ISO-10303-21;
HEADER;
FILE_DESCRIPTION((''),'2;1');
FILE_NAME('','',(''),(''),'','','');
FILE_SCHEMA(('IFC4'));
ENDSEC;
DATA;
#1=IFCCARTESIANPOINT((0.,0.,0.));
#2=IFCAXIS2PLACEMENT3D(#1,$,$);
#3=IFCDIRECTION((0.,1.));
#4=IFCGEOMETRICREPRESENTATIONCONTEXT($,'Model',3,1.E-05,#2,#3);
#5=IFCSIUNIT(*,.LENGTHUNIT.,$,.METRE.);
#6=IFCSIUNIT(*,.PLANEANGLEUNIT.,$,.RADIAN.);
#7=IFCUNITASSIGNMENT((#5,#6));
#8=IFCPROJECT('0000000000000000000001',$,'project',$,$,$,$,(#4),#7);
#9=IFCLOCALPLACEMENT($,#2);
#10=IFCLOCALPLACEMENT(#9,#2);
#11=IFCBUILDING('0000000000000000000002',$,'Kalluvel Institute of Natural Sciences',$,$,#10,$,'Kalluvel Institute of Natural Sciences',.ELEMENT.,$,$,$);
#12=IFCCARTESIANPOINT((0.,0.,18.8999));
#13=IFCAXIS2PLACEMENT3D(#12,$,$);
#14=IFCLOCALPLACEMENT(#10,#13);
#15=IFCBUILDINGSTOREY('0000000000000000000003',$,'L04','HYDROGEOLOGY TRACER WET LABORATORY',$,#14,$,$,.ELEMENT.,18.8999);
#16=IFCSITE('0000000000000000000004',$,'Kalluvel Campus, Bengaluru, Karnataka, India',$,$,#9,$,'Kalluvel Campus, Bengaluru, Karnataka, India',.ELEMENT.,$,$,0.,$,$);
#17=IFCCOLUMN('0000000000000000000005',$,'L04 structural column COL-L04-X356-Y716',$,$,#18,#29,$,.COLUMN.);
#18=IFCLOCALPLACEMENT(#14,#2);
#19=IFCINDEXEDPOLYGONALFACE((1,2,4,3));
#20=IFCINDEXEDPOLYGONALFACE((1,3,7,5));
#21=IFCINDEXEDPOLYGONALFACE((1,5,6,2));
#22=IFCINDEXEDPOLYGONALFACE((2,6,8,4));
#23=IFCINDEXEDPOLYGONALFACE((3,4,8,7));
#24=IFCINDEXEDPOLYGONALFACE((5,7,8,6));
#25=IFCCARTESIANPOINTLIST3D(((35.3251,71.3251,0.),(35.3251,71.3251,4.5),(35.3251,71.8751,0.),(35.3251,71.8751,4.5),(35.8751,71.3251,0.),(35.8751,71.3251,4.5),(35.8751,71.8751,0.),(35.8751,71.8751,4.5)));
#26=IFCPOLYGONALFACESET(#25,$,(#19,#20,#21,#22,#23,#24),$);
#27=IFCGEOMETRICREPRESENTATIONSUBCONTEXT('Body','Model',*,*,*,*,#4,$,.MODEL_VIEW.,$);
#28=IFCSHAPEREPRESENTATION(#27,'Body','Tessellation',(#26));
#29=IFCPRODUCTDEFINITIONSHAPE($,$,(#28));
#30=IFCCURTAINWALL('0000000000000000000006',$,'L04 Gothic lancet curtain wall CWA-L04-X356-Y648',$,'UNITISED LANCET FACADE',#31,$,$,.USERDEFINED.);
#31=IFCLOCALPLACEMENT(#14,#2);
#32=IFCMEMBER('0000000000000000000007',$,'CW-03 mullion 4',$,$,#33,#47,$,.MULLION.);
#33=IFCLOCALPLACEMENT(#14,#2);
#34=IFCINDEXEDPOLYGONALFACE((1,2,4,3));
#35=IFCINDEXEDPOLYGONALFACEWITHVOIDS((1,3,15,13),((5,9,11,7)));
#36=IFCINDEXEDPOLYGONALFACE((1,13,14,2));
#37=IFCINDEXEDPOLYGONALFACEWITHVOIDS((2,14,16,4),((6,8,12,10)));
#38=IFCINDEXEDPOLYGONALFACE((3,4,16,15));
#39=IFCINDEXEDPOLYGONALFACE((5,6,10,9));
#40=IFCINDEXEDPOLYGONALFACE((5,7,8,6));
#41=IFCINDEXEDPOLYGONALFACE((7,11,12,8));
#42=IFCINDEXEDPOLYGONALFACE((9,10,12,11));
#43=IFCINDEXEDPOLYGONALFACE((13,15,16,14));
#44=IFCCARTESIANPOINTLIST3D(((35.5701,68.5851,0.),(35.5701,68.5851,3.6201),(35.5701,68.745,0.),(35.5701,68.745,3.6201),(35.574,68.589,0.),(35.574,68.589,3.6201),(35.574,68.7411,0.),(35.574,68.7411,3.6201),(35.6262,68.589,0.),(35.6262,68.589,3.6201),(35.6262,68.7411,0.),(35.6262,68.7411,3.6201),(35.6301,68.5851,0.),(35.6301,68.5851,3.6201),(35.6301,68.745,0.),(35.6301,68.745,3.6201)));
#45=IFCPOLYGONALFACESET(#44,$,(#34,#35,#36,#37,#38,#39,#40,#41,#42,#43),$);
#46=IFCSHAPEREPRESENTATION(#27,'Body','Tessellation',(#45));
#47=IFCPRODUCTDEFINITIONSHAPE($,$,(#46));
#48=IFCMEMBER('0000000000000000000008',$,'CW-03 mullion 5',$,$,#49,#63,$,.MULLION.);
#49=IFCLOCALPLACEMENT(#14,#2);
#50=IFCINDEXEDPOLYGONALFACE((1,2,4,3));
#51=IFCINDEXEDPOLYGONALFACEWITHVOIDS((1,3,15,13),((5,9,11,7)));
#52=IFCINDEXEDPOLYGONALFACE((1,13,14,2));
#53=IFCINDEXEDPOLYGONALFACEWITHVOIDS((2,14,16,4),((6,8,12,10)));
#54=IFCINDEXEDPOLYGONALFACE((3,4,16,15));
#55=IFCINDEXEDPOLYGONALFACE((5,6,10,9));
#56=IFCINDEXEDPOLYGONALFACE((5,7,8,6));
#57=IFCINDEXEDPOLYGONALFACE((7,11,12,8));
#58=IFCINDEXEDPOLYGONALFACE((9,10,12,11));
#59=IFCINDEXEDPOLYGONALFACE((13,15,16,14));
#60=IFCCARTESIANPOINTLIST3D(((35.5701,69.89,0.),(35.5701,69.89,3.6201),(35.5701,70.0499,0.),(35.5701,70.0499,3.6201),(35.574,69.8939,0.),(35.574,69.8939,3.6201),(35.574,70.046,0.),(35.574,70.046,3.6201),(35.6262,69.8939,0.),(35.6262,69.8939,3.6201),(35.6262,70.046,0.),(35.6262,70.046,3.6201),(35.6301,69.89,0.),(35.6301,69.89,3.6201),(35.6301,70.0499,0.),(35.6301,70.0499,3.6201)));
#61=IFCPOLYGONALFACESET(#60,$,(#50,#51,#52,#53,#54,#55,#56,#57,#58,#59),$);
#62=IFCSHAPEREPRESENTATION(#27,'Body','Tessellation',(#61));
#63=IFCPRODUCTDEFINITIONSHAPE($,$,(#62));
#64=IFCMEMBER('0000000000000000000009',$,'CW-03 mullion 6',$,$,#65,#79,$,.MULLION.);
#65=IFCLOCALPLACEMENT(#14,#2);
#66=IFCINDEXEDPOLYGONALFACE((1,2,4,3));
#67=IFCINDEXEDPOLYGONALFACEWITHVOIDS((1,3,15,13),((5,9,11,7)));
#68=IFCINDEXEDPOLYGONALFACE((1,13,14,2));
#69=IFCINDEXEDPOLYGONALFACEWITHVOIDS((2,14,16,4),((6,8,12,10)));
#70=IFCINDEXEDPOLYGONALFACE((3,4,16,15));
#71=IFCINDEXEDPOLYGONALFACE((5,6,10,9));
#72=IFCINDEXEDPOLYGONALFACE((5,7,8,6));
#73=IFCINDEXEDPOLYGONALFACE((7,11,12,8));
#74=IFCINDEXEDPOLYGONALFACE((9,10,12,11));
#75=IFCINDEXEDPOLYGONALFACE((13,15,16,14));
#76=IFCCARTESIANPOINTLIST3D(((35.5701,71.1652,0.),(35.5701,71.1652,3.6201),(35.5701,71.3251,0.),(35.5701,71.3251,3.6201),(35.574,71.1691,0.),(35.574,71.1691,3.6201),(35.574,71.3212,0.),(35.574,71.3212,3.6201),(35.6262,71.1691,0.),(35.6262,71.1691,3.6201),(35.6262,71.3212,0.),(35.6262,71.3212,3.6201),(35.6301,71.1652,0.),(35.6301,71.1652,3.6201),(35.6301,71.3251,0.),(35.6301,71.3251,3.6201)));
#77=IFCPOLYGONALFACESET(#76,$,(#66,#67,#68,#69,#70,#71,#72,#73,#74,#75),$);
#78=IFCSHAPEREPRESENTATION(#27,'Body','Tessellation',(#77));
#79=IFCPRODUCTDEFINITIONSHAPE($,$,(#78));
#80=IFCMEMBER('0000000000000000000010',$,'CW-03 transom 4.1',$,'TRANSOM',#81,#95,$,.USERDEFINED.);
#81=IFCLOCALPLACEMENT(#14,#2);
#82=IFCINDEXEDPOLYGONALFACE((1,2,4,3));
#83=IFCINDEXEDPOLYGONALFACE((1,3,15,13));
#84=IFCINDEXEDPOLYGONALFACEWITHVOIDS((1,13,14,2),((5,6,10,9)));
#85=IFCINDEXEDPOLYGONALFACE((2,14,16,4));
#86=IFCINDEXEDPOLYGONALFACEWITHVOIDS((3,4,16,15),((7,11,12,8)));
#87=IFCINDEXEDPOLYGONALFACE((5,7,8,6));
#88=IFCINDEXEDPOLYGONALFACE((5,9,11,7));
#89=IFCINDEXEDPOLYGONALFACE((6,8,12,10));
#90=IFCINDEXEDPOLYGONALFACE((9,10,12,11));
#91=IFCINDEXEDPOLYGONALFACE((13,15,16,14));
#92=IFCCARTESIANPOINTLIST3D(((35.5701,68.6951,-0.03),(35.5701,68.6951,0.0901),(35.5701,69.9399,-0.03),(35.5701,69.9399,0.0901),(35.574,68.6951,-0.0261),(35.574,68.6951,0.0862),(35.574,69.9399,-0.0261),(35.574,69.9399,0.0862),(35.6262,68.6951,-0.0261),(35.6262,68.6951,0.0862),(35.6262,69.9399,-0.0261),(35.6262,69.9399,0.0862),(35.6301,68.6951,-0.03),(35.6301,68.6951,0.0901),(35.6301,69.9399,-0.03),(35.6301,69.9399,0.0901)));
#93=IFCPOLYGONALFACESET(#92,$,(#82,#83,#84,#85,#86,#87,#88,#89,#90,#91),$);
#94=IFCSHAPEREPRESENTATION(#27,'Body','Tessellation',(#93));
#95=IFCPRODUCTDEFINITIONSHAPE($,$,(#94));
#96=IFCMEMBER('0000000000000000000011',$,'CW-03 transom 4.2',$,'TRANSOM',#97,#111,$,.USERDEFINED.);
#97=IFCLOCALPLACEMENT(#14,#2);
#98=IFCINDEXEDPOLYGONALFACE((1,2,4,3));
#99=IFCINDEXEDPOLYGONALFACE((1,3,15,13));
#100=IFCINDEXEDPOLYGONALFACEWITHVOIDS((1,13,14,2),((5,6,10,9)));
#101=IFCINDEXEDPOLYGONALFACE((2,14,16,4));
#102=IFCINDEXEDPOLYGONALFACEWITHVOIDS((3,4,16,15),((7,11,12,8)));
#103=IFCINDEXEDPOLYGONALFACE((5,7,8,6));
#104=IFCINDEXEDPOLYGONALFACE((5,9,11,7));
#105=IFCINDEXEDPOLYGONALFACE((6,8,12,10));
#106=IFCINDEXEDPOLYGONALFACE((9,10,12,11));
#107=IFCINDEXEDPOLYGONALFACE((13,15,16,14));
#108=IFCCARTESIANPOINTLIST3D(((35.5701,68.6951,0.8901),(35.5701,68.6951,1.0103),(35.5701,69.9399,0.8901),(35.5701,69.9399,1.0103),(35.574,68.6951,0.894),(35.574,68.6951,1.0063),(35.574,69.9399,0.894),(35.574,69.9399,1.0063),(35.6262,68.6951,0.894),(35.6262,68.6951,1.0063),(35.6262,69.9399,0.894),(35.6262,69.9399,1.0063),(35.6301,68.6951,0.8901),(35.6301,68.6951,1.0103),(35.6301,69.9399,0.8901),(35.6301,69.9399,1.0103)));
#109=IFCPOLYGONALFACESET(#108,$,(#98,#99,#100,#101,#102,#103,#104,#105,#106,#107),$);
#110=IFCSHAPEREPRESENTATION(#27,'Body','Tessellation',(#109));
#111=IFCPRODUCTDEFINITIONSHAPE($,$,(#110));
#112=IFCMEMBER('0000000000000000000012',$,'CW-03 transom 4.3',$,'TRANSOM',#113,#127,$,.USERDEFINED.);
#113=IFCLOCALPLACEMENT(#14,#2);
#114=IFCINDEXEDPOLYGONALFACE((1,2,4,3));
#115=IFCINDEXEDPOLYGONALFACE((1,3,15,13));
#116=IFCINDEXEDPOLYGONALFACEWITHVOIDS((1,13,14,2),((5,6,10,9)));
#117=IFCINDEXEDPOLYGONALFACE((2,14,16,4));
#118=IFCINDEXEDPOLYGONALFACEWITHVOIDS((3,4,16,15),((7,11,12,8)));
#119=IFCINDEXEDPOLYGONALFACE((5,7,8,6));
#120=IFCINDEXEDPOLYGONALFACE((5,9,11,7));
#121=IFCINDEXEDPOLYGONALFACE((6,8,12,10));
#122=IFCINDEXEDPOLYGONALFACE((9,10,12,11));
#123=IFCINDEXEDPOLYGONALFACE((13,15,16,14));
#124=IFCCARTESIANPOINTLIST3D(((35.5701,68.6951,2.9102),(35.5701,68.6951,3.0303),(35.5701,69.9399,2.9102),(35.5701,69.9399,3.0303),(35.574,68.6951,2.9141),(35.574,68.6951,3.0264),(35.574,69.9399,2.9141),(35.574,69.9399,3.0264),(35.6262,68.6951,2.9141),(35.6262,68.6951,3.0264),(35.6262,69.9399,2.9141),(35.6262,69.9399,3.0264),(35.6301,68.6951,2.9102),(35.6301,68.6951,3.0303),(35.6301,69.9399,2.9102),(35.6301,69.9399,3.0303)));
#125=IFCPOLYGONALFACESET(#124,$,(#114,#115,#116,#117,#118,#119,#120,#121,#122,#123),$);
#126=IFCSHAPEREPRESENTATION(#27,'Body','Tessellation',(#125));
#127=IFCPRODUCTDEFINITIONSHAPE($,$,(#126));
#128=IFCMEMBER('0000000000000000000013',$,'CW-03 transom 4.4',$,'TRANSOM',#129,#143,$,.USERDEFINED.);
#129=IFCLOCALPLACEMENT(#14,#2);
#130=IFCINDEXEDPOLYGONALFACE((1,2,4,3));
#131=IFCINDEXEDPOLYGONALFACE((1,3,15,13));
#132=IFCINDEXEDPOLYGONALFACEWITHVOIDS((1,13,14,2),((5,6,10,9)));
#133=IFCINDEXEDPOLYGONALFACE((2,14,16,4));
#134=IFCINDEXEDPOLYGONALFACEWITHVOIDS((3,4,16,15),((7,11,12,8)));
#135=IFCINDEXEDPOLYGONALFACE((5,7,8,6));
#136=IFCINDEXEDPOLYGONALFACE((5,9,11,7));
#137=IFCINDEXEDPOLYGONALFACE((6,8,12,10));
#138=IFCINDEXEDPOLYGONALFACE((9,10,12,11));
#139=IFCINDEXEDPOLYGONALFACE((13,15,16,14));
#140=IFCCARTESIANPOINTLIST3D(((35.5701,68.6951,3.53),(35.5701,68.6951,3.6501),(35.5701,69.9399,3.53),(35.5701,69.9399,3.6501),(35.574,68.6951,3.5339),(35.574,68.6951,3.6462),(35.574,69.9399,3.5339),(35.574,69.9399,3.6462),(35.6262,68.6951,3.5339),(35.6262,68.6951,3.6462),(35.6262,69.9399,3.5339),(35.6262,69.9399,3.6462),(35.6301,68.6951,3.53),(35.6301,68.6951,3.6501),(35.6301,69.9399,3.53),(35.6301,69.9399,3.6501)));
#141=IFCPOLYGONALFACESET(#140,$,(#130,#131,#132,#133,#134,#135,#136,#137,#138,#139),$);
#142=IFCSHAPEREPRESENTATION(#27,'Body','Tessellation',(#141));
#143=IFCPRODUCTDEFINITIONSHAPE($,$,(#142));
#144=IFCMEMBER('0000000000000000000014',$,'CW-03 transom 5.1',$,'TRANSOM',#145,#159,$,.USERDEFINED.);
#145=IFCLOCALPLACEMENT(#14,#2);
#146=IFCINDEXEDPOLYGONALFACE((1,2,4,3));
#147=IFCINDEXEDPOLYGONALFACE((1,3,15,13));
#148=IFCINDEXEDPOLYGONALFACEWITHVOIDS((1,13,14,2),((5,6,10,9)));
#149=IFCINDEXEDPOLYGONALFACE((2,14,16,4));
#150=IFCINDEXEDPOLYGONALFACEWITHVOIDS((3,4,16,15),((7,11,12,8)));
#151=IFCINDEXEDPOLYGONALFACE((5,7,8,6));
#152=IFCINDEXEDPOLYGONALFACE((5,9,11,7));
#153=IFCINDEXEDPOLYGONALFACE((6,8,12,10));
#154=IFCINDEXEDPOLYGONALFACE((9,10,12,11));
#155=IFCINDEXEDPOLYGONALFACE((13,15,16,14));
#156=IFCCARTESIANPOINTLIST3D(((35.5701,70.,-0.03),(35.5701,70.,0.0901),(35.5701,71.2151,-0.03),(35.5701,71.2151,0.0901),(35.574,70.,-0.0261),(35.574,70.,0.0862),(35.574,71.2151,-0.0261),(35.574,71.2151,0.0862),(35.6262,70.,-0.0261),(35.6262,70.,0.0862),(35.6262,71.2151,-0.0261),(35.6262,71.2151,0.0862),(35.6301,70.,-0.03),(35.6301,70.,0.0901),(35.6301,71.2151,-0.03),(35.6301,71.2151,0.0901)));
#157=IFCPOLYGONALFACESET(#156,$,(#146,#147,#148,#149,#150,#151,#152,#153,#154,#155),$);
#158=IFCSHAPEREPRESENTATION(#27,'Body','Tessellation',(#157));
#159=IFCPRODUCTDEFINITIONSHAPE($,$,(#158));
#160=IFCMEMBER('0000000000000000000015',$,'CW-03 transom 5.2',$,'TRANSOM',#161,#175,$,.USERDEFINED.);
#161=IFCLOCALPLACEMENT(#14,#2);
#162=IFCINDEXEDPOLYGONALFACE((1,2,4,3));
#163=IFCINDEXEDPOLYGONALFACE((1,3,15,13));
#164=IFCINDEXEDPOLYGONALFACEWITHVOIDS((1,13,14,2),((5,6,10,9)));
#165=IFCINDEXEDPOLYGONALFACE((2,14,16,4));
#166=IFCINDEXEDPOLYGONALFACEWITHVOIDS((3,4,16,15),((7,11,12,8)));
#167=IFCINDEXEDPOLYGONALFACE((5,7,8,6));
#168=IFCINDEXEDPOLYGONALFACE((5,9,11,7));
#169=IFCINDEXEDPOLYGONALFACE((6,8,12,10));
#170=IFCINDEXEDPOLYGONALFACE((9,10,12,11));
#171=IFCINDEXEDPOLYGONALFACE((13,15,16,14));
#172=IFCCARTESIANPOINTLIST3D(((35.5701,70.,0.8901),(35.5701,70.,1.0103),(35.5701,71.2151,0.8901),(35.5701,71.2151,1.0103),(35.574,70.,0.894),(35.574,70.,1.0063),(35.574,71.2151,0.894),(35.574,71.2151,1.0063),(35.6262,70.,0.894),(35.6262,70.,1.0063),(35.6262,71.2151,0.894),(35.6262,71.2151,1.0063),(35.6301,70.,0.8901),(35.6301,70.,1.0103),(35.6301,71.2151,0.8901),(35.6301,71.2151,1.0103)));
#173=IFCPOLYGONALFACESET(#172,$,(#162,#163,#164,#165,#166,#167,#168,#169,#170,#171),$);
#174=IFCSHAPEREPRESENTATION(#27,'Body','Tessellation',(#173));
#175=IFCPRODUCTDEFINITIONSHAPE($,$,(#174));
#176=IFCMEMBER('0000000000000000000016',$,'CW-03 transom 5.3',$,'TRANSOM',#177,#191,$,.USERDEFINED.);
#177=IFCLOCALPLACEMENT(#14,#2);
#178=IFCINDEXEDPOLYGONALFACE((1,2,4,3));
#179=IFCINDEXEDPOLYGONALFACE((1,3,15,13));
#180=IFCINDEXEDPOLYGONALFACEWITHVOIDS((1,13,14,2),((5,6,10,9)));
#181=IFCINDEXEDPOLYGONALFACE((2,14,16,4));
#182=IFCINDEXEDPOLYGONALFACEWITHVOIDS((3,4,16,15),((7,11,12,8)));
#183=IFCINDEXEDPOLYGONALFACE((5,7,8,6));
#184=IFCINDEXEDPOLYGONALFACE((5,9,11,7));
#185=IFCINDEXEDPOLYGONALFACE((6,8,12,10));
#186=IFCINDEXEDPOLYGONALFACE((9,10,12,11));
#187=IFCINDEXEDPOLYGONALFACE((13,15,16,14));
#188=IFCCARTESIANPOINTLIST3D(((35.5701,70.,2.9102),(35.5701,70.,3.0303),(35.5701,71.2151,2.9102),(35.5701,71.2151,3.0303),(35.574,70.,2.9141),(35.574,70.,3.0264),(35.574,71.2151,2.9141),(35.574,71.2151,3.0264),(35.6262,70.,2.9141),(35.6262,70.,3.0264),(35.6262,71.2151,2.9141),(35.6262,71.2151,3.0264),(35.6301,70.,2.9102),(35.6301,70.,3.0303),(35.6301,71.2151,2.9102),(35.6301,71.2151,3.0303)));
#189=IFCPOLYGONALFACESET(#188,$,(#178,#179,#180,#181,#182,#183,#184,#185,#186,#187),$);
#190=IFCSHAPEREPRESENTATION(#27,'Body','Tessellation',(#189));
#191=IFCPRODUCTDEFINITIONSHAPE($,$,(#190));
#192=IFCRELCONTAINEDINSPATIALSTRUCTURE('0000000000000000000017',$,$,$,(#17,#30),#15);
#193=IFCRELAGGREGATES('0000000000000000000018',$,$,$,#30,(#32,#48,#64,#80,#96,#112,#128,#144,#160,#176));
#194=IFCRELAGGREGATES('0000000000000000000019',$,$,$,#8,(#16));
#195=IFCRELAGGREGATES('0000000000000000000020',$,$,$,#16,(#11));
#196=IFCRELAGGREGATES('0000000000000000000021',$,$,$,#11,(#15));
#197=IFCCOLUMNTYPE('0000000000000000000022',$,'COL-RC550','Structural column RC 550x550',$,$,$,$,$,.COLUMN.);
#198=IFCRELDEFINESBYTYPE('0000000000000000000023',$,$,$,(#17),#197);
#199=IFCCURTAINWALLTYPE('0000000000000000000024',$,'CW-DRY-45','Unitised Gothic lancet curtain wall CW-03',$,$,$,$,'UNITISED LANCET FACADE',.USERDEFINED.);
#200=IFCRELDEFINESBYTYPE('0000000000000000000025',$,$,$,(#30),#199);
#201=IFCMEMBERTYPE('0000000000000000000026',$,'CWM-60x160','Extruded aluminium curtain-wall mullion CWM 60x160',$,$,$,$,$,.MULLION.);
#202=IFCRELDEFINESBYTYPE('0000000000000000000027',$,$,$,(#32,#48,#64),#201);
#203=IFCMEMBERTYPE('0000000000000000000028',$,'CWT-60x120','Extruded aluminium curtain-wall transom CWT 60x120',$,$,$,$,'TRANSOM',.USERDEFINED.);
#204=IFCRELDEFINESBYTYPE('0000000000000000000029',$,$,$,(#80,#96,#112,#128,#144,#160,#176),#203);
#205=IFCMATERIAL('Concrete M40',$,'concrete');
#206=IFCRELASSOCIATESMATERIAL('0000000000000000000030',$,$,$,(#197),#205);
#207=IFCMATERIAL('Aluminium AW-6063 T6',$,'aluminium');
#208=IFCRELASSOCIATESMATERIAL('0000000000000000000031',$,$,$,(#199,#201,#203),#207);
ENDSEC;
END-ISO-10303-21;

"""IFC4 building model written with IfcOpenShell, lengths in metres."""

from ifc_helpers import new_model, si_unit, direction, frame, origin, origin_2d, place, context, subcontext, project, spatial, rectangle, hollow_rectangle, extrude, material, material_profile, profile_set, type_object, element, aggregate, save


model = new_model("IFC4")

# Units and contexts
model_context = context("Model", 3, precision=1e-05, world=origin(), true_north=direction((0.0, 1.0)))
body_context = subcontext(model_context, "Body", "Model", "MODEL_VIEW")
ifc_project = project(units=[si_unit("LENGTHUNIT", "METRE"), si_unit("PLANEANGLEUNIT", "RADIAN")], contexts=[model_context])

# Site, building, storey
site_placement = place(None, origin())
site = spatial("IfcSite", under=ifc_project, at=site_placement, Name="Kalluvel Campus, Bengaluru, Karnataka, India", LongName="Kalluvel Campus, Bengaluru, Karnataka, India", CompositionType="ELEMENT", RefElevation=0.0)
building_placement = place(site_placement, origin())
building = spatial("IfcBuilding", under=site, at=building_placement, Name="Kalluvel Institute of Natural Sciences", LongName="Kalluvel Institute of Natural Sciences", CompositionType="ELEMENT")
storey_placement = place(building_placement, frame((0.0, 0.0, 18.8999)))
storey = spatial("IfcBuildingStorey", under=building, at=storey_placement, Name="L04", Description="HYDROGEOLOGY TRACER WET LABORATORY", CompositionType="ELEMENT", Elevation=18.8999)

# Column
ifc_material_1 = material(Name="Concrete M40", Category="concrete")
ifc_material_profile_1 = material_profile(ifc_material_1, rectangle(XDim=0.55, YDim=0.55, at=origin_2d()), Name="RC 550x550")
ifc_profile_set_1 = profile_set([ifc_material_profile_1], Name="Concrete M40")
column_type = type_object("IfcColumnType", Name="COL-RC550", Description="Structural column RC 550x550", PredefinedType="COLUMN", material=ifc_profile_set_1)
column_placement = place(storey_placement, frame((35.6001, 71.6001, 0.0), z_axis=(0.0, 0.0, 1.0), x_axis=(1.0, 0.0, 0.0)))
element("IfcColumn", 1, at=column_placement, inside=storey, type_object=column_type, Name="L04 structural column COL-L04-X356-Y716", PredefinedType="COLUMN", context=body_context, shape_type="SweptSolid", body=[
    extrude(rectangle(XDim=0.55, YDim=0.55, at=origin_2d()), origin(), (0.0, 0.0, 1.0), 4.5),
])

# Curtain wall, members
ifc_material_2 = material(Name="Aluminium AW-6063 T6", Category="aluminium")
curtain_wall_type = type_object("IfcCurtainWallType", Name="CW-DRY-45", Description="Unitised Gothic lancet curtain wall CW-03", ElementType="UNITISED LANCET FACADE", PredefinedType="USERDEFINED", material=ifc_material_2)
curtain_wall_placement = place(storey_placement, origin())
curtain_wall = element("IfcCurtainWall", 2, at=curtain_wall_placement, inside=storey, type_object=curtain_wall_type, Name="L04 Gothic lancet curtain wall CWA-L04-X356-Y648", ObjectType="UNITISED LANCET FACADE", PredefinedType="USERDEFINED")
ifc_material_profile_2 = material_profile(ifc_material_2, hollow_rectangle(XDim=0.0601, YDim=0.1599, WallThickness=0.0039, at=origin_2d()), Name="CWM 60x160")
ifc_profile_set_2 = profile_set([ifc_material_profile_2], Name="Aluminium AW-6063 T6")
member_type_1 = type_object("IfcMemberType", Name="CWM-60x160", Description="Extruded aluminium curtain-wall mullion CWM 60x160", PredefinedType="MULLION", material=ifc_profile_set_2)
member_1_placement = place(storey_placement, frame((35.6001, 68.665, 0.0), z_axis=(0.0, 0.0, 1.0), x_axis=(-1.0, 0.0, 0.0)))
member_1 = element("IfcMember", 3, at=member_1_placement, type_object=member_type_1, Name="CW-03 mullion 4", PredefinedType="MULLION", context=body_context, shape_type="SweptSolid", body=[
    extrude(hollow_rectangle(XDim=0.0601, YDim=0.1599, WallThickness=0.0039, at=origin_2d()), origin(), (0.0, 0.0, 1.0), 3.6201),
])
member_2_placement = place(storey_placement, frame((35.6001, 69.97, 0.0), z_axis=(0.0, 0.0, 1.0), x_axis=(-1.0, 0.0, 0.0)))
member_2 = element("IfcMember", 4, at=member_2_placement, type_object=member_type_1, Name="CW-03 mullion 5", PredefinedType="MULLION", context=body_context, shape_type="SweptSolid", body=[
    extrude(hollow_rectangle(XDim=0.0601, YDim=0.1599, WallThickness=0.0039, at=origin_2d()), origin(), (0.0, 0.0, 1.0), 3.6201),
])
member_3_placement = place(storey_placement, frame((35.6001, 71.2451, 0.0), z_axis=(0.0, 0.0, 1.0), x_axis=(-1.0, 0.0, 0.0)))
member_3 = element("IfcMember", 5, at=member_3_placement, type_object=member_type_1, Name="CW-03 mullion 6", PredefinedType="MULLION", context=body_context, shape_type="SweptSolid", body=[
    extrude(hollow_rectangle(XDim=0.0601, YDim=0.1599, WallThickness=0.0039, at=origin_2d()), origin(), (0.0, 0.0, 1.0), 3.6201),
])
ifc_material_profile_3 = material_profile(ifc_material_2, hollow_rectangle(XDim=0.0601, YDim=0.1201, WallThickness=0.0039, at=origin_2d()), Name="CWT 60x120")
ifc_profile_set_3 = profile_set([ifc_material_profile_3], Name="Aluminium AW-6063 T6")
member_type_2 = type_object("IfcMemberType", Name="CWT-60x120", Description="Extruded aluminium curtain-wall transom CWT 60x120", ElementType="TRANSOM", PredefinedType="USERDEFINED", material=ifc_profile_set_3)
member_4_placement = place(storey_placement, frame((35.6001, 68.6951, 0.03), z_axis=(0.0, 1.0, 0.0), x_axis=(-1.0, 0.0, 0.0)))
member_4 = element("IfcMember", 6, at=member_4_placement, type_object=member_type_2, Name="CW-03 transom 4.1", ObjectType="TRANSOM", PredefinedType="USERDEFINED", context=body_context, shape_type="SweptSolid", body=[
    extrude(hollow_rectangle(XDim=0.0601, YDim=0.1201, WallThickness=0.0039, at=origin_2d()), origin(), (0.0, 0.0, 1.0), 1.2449),
])
member_5_placement = place(storey_placement, frame((35.6001, 68.6951, 0.9502), z_axis=(0.0, 1.0, 0.0), x_axis=(-1.0, 0.0, 0.0)))
member_5 = element("IfcMember", 7, at=member_5_placement, type_object=member_type_2, Name="CW-03 transom 4.2", ObjectType="TRANSOM", PredefinedType="USERDEFINED", context=body_context, shape_type="SweptSolid", body=[
    extrude(hollow_rectangle(XDim=0.0601, YDim=0.1201, WallThickness=0.0039, at=origin_2d()), origin(), (0.0, 0.0, 1.0), 1.2449),
])
member_6_placement = place(storey_placement, frame((35.6001, 68.6951, 2.9702), z_axis=(0.0, 1.0, 0.0), x_axis=(-1.0, 0.0, 0.0)))
member_6 = element("IfcMember", 8, at=member_6_placement, type_object=member_type_2, Name="CW-03 transom 4.3", ObjectType="TRANSOM", PredefinedType="USERDEFINED", context=body_context, shape_type="SweptSolid", body=[
    extrude(hollow_rectangle(XDim=0.0601, YDim=0.1201, WallThickness=0.0039, at=origin_2d()), origin(), (0.0, 0.0, 1.0), 1.2449),
])
member_7_placement = place(storey_placement, frame((35.6001, 68.6951, 3.5901), z_axis=(0.0, 1.0, 0.0), x_axis=(-1.0, 0.0, 0.0)))
member_7 = element("IfcMember", 9, at=member_7_placement, type_object=member_type_2, Name="CW-03 transom 4.4", ObjectType="TRANSOM", PredefinedType="USERDEFINED", context=body_context, shape_type="SweptSolid", body=[
    extrude(hollow_rectangle(XDim=0.0601, YDim=0.1201, WallThickness=0.0039, at=origin_2d()), origin(), (0.0, 0.0, 1.0), 1.2449),
])
member_8_placement = place(storey_placement, frame((35.6001, 70.0, 0.03), z_axis=(0.0, 1.0, 0.0), x_axis=(-1.0, 0.0, 0.0)))
member_8 = element("IfcMember", 10, at=member_8_placement, type_object=member_type_2, Name="CW-03 transom 5.1", ObjectType="TRANSOM", PredefinedType="USERDEFINED", context=body_context, shape_type="SweptSolid", body=[
    extrude(hollow_rectangle(XDim=0.0601, YDim=0.1201, WallThickness=0.0039, at=origin_2d()), origin(), (0.0, 0.0, 1.0), 1.2151),
])
member_9_placement = place(storey_placement, frame((35.6001, 70.0, 0.9502), z_axis=(0.0, 1.0, 0.0), x_axis=(-1.0, 0.0, 0.0)))
member_9 = element("IfcMember", 11, at=member_9_placement, type_object=member_type_2, Name="CW-03 transom 5.2", ObjectType="TRANSOM", PredefinedType="USERDEFINED", context=body_context, shape_type="SweptSolid", body=[
    extrude(hollow_rectangle(XDim=0.0601, YDim=0.1201, WallThickness=0.0039, at=origin_2d()), origin(), (0.0, 0.0, 1.0), 1.2151),
])
member_10_placement = place(storey_placement, frame((35.6001, 70.0, 2.9702), z_axis=(0.0, 1.0, 0.0), x_axis=(-1.0, 0.0, 0.0)))
member_10 = element("IfcMember", 12, at=member_10_placement, type_object=member_type_2, Name="CW-03 transom 5.3", ObjectType="TRANSOM", PredefinedType="USERDEFINED", context=body_context, shape_type="SweptSolid", body=[
    extrude(hollow_rectangle(XDim=0.0601, YDim=0.1201, WallThickness=0.0039, at=origin_2d()), origin(), (0.0, 0.0, 1.0), 1.2151),
])

aggregate(curtain_wall, [member_1, member_2, member_3, member_4, member_5, member_6, member_7, member_8, member_9, member_10])

save(model, "model.ifc")
